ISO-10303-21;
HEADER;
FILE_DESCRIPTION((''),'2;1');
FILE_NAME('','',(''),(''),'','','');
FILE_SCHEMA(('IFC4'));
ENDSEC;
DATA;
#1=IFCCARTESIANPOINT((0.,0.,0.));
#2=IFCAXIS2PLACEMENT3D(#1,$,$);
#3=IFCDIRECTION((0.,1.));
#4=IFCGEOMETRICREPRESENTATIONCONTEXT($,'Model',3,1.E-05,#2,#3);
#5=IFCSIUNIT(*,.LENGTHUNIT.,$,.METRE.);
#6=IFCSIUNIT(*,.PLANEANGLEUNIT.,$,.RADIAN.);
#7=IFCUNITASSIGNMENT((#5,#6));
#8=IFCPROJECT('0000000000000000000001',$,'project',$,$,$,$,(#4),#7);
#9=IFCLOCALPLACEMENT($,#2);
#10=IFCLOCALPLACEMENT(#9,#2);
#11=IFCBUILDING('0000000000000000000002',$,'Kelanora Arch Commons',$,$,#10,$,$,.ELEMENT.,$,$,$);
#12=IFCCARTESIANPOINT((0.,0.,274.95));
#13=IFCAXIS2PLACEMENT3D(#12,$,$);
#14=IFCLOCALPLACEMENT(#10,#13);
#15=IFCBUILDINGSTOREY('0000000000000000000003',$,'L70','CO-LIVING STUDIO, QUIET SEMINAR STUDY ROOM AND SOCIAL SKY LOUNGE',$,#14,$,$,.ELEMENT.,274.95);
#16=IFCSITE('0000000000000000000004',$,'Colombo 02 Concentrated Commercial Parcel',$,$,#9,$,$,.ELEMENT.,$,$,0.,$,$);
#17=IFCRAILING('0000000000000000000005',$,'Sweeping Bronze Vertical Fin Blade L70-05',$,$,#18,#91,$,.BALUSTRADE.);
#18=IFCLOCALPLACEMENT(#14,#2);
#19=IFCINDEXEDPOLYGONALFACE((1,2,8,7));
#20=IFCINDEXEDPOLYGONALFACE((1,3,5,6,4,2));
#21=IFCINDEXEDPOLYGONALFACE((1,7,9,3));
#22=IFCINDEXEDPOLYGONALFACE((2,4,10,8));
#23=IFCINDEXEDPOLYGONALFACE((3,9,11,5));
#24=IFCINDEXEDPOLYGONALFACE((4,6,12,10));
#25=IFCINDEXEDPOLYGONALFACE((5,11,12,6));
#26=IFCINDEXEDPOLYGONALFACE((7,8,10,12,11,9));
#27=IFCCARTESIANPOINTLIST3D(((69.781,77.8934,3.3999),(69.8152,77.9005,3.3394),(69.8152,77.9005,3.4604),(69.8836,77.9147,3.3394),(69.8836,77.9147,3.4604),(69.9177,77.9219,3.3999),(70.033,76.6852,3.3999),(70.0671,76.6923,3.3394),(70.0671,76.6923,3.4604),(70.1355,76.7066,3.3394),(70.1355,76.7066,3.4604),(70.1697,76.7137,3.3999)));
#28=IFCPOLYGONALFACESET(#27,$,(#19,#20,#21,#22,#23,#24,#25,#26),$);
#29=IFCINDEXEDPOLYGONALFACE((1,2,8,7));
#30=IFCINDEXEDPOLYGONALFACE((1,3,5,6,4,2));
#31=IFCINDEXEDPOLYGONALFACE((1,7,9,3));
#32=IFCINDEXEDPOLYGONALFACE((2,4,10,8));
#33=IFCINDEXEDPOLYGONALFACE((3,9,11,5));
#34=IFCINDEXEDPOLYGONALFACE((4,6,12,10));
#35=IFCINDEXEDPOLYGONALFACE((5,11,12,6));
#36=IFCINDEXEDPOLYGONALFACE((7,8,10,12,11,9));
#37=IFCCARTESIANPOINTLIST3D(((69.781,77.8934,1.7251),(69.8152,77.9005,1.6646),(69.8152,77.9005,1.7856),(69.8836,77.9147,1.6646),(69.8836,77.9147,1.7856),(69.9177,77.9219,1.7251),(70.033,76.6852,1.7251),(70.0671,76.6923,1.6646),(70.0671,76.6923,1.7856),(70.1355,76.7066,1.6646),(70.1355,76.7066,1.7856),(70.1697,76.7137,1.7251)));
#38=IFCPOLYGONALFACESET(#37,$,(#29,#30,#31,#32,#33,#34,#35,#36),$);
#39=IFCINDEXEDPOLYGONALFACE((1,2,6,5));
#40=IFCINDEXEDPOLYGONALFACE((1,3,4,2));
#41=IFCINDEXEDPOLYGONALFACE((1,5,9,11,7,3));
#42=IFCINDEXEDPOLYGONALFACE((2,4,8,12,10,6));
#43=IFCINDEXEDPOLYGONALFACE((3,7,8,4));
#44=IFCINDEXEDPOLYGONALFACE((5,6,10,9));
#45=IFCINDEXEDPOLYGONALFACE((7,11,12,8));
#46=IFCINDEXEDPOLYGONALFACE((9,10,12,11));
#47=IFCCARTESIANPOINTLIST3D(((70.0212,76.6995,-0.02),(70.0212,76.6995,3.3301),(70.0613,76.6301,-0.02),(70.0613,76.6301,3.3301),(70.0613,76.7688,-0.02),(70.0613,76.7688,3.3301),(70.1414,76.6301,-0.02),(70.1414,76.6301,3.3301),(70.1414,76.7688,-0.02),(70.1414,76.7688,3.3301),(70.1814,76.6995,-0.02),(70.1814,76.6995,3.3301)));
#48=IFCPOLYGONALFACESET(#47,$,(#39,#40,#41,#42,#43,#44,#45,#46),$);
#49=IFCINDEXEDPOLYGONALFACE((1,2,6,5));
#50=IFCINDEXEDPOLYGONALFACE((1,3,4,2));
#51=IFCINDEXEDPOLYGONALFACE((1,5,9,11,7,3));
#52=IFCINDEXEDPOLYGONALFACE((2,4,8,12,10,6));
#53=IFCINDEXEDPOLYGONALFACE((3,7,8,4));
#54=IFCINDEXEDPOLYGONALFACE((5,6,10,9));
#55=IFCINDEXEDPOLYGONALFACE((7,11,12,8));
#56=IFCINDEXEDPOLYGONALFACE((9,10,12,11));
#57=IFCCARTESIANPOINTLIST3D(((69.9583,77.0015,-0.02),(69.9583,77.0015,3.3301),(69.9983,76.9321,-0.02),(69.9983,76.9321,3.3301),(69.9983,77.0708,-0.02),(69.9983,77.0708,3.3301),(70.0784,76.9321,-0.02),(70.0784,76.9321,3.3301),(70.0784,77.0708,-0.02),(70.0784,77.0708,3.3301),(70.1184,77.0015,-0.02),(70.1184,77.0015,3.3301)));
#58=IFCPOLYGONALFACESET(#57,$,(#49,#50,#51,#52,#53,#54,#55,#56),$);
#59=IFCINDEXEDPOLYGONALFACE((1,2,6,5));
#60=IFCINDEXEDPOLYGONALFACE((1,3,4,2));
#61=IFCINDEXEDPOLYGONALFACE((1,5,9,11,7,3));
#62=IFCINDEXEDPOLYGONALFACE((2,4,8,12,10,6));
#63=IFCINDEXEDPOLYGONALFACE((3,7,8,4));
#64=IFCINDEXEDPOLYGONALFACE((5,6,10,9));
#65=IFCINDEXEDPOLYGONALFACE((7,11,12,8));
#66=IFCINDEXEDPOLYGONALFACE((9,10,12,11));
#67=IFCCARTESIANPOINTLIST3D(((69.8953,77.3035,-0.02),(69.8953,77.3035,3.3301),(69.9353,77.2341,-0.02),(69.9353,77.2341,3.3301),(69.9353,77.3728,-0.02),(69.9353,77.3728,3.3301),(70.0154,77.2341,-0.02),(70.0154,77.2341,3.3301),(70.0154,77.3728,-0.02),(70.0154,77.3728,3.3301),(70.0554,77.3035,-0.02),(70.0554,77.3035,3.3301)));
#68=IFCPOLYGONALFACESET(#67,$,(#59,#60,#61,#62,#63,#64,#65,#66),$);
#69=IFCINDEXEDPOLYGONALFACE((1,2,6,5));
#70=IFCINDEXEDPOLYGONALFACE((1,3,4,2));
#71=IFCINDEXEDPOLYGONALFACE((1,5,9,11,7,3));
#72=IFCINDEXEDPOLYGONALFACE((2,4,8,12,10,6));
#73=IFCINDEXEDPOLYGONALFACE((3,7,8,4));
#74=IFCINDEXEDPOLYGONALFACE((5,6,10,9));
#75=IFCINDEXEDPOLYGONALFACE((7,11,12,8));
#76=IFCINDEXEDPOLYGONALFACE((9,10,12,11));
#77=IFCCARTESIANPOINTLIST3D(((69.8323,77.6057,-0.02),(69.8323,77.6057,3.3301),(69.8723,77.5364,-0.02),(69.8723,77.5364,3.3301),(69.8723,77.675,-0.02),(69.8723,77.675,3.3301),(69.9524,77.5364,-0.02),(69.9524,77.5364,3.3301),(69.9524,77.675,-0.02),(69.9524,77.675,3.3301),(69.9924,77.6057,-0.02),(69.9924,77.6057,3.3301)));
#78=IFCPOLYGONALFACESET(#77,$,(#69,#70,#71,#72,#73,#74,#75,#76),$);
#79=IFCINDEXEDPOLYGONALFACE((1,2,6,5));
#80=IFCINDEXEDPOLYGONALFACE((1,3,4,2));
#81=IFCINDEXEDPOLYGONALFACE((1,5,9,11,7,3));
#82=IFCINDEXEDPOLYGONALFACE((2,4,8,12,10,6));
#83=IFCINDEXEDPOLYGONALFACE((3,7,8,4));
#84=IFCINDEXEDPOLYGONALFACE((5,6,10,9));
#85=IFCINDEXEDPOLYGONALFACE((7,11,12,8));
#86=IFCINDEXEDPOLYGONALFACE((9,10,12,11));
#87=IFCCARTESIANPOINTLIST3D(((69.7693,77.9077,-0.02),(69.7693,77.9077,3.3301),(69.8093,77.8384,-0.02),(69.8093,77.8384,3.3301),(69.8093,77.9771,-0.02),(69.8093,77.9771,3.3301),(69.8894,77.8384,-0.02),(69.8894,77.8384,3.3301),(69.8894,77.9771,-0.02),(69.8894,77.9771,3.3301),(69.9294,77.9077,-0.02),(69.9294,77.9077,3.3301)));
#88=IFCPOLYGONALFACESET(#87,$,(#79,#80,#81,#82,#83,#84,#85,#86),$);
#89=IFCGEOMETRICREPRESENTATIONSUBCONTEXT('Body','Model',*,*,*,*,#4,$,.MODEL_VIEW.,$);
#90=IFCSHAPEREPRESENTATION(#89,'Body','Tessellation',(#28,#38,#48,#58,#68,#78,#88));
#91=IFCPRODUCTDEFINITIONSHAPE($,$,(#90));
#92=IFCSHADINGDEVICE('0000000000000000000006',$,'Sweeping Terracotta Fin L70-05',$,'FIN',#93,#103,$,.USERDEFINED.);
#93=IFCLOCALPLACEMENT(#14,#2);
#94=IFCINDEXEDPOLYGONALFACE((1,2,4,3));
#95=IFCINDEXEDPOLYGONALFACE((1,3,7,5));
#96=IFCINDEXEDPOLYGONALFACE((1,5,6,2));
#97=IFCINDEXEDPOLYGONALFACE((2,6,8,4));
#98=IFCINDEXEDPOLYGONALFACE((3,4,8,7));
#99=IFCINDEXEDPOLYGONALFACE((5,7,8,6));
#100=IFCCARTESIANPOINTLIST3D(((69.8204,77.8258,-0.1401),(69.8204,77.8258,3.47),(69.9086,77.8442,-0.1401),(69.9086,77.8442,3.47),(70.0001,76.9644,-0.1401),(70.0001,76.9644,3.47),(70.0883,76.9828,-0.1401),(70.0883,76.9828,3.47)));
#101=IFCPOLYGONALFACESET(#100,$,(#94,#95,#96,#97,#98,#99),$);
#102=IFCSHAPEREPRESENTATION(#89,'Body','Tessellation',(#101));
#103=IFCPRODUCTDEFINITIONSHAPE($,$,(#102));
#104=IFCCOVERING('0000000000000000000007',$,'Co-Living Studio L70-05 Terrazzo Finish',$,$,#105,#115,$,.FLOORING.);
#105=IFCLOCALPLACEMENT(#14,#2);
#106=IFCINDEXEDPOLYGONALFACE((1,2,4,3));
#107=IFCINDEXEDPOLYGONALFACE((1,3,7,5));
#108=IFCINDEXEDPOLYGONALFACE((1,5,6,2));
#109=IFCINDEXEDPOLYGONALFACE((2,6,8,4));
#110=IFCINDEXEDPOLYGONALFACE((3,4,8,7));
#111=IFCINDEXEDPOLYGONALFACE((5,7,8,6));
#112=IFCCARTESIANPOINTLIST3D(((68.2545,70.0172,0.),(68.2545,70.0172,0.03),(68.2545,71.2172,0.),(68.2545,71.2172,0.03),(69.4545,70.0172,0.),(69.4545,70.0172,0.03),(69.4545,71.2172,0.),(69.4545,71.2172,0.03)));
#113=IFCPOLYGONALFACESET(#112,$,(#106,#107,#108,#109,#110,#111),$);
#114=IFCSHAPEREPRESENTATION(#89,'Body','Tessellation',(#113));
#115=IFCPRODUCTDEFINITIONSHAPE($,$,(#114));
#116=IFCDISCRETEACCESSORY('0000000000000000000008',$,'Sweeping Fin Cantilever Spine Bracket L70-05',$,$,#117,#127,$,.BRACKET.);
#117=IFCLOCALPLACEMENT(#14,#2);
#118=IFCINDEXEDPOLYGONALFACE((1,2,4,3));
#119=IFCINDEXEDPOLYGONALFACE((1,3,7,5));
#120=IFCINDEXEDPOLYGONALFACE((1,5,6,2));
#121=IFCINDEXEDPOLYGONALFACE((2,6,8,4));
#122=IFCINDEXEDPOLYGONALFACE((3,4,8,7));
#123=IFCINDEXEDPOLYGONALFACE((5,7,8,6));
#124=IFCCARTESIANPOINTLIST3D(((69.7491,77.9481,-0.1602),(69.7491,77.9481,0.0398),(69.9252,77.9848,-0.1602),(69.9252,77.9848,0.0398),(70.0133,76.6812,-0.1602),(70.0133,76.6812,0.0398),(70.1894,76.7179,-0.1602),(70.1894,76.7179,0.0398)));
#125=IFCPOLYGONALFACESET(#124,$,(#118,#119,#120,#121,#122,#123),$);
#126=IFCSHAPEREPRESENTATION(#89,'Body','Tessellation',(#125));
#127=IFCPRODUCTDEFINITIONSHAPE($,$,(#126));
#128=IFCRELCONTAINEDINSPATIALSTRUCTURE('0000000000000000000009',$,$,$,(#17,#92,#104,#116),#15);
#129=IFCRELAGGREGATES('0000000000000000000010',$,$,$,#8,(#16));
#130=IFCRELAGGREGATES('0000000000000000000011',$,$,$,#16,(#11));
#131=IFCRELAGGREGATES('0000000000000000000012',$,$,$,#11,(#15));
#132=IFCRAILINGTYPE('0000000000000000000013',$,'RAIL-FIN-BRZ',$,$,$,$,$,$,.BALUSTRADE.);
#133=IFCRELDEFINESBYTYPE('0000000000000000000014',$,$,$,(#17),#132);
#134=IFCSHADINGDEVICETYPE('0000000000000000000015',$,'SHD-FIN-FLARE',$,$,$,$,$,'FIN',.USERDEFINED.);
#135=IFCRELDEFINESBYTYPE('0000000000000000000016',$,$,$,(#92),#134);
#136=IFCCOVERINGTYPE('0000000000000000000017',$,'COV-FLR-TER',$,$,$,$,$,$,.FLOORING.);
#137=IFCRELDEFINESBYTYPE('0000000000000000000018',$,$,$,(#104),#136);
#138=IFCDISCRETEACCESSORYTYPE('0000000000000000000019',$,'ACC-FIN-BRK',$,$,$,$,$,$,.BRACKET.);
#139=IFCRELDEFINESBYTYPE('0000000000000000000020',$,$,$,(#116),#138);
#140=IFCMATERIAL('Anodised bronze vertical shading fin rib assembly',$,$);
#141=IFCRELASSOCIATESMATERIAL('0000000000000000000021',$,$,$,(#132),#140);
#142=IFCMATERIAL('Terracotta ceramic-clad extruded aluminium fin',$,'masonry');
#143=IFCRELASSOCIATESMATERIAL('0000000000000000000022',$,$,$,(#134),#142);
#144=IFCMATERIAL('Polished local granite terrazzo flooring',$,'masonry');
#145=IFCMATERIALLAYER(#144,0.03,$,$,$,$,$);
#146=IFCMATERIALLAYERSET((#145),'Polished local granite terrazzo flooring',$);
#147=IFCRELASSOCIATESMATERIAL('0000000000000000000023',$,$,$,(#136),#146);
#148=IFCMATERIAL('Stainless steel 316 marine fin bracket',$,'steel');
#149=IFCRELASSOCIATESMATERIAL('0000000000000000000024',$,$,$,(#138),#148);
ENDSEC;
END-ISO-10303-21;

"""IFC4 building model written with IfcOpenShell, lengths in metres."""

from ifc_helpers import new_model, si_unit, direction, frame, origin, origin_2d, place, context, subcontext, project, spatial, polyline, rectangle, outline, extrude, source, transform, mapped, material, layer, layer_set, type_object, element, save


model = new_model("IFC4")

# Units and contexts
model_context = context("Model", 3, precision=1e-05, world=origin(), true_north=direction((0.0, 1.0)))
body_context = subcontext(model_context, "Body", "Model", "MODEL_VIEW")
ifc_project = project(units=[si_unit("LENGTHUNIT", "METRE"), si_unit("PLANEANGLEUNIT", "RADIAN")], contexts=[model_context])

# Site, building, storey
site_placement = place(None, origin())
site = spatial("IfcSite", under=ifc_project, at=site_placement, Name="Colombo 02 Concentrated Commercial Parcel", CompositionType="ELEMENT", RefElevation=0.0)
building_placement = place(site_placement, origin())
building = spatial("IfcBuilding", under=site, at=building_placement, Name="Kelanora Arch Commons", CompositionType="ELEMENT")
storey_placement = place(building_placement, frame((0.0, 0.0, 274.95)))
storey = spatial("IfcBuildingStorey", under=building, at=storey_placement, Name="L70", Description="CO-LIVING STUDIO, QUIET SEMINAR STUDY ROOM AND SOCIAL SKY LOUNGE", CompositionType="ELEMENT", Elevation=274.95)

# Railing
ifc_material_1 = material(Name="Anodised bronze vertical shading fin rib assembly")
railing_type = type_object("IfcRailingType", Name="RAIL-FIN-BRZ", PredefinedType="BALUSTRADE", material=ifc_material_1)
railing_placement = place(storey_placement, frame((70.1013, 76.6995, -0.02)))
element("IfcRailing", 1, at=railing_placement, inside=storey, type_object=railing_type, Name="Sweeping Bronze Vertical Fin Blade L70-05", PredefinedType="BALUSTRADE", context=body_context, shape_type="SweptSolid", body=[
    extrude(outline(polyline([(0.0698, 0.0), (0.0349, 0.0605), (-0.0349, 0.0605), (-0.0698, 0.0), (-0.0349, -0.0605), (0.0349, -0.0605), (0.0698, 0.0)])), frame((0.0, 0.0, 3.4199), z_axis=(-0.204136, 0.978943, 0.0), x_axis=(-0.978943, -0.204136, 0.0)), (0.0, 0.0, 1.0), 1.2341),
    extrude(outline(polyline([(0.0698, 0.0), (0.0349, 0.0605), (-0.0349, 0.0605), (-0.0698, 0.0), (-0.0349, -0.0605), (0.0349, -0.0605), (0.0698, 0.0)])), frame((0.0, 0.0, 1.7451), z_axis=(-0.204136, 0.978943, 0.0), x_axis=(-0.978943, -0.204136, 0.0)), (0.0, 0.0, 1.0), 1.2341),
    extrude(outline(polyline([(0.0801, 0.0), (0.04, 0.0693), (-0.04, 0.0693), (-0.0801, 0.0), (-0.04, -0.0693), (0.04, -0.0693), (0.0801, 0.0)])), origin(), (0.0, 0.0, 1.0), 3.3501),
    extrude(outline(polyline([(0.0801, 0.0), (0.04, 0.0693), (-0.04, 0.0693), (-0.0801, 0.0), (-0.04, -0.0693), (0.04, -0.0693), (0.0801, 0.0)])), frame((-0.063, 0.302, 0.0)), (0.0, 0.0, 1.0), 3.3501),
    extrude(outline(polyline([(0.0801, 0.0), (0.04, 0.0693), (-0.04, 0.0693), (-0.0801, 0.0), (-0.04, -0.0693), (0.04, -0.0693), (0.0801, 0.0)])), frame((-0.126, 0.604, 0.0)), (0.0, 0.0, 1.0), 3.3501),
    extrude(outline(polyline([(0.0801, 0.0), (0.04, 0.0693), (-0.04, 0.0693), (-0.0801, 0.0), (-0.04, -0.0693), (0.04, -0.0693), (0.0801, 0.0)])), frame((-0.189, 0.9062, 0.0)), (0.0, 0.0, 1.0), 3.3501),
    extrude(outline(polyline([(0.0801, 0.0), (0.04, 0.0693), (-0.04, 0.0693), (-0.0801, 0.0), (-0.04, -0.0693), (0.04, -0.0693), (0.0801, 0.0)])), frame((-0.252, 1.2083, 0.0)), (0.0, 0.0, 1.0), 3.3501),
])

# Shading device
ifc_material_2 = material(Name="Terracotta ceramic-clad extruded aluminium fin", Category="masonry")
shading_device_type = type_object("IfcShadingDeviceType", Name="SHD-FIN-FLARE", ElementType="FIN", PredefinedType="USERDEFINED", material=ifc_material_2)
shared_shape_1 = source(origin(), body_context, "Body", "SweptSolid", [
    extrude(rectangle(XDim=0.8799, YDim=0.0901, at=origin_2d()), origin(), (0.0, 0.0, 1.0), 3.6101),
])
shading_device_placement = place(storey_placement, frame((69.9543, 77.4043, -0.1401), z_axis=(0.0, 0.0, 1.0), x_axis=(-0.204154, 0.978939, 0.0)))
element("IfcShadingDevice", 2, at=shading_device_placement, inside=storey, type_object=shading_device_type, Name="Sweeping Terracotta Fin L70-05", ObjectType="FIN", PredefinedType="USERDEFINED", context=body_context, shape_type="MappedRepresentation", body=[
    mapped(shared_shape_1, transform((0.0, 0.0, 0.0), scale=1.0)),
])

# Covering
ifc_material_3 = material(Name="Polished local granite terrazzo flooring", Category="masonry")
ifc_layer_1 = layer(ifc_material_3, 0.03)
ifc_layer_set_1 = layer_set([ifc_layer_1], Name="Polished local granite terrazzo flooring")
covering_type = type_object("IfcCoveringType", Name="COV-FLR-TER", PredefinedType="FLOORING", material=ifc_layer_set_1)
shared_shape_2 = source(origin(), body_context, "Body", "SweptSolid", [
    extrude(rectangle(XDim=1.2, YDim=1.2, at=origin_2d()), origin(), (0.0, 0.0, 1.0), 0.03),
])
covering_placement = place(storey_placement, frame((68.8545, 70.6172, 0.0), z_axis=(0.0, 0.0, 1.0), x_axis=(1.0, 0.0, 0.0)))
element("IfcCovering", 3, at=covering_placement, inside=storey, type_object=covering_type, Name="Co-Living Studio L70-05 Terrazzo Finish", PredefinedType="FLOORING", context=body_context, shape_type="MappedRepresentation", body=[
    mapped(shared_shape_2, transform((0.0, 0.0, 0.0), scale=1.0)),
])

# Discrete accessory
ifc_material_4 = material(Name="Stainless steel 316 marine fin bracket", Category="steel")
discrete_accessory_type = type_object("IfcDiscreteAccessoryType", Name="ACC-FIN-BRK", PredefinedType="BRACKET", material=ifc_material_4)
shared_shape_3 = source(origin(), body_context, "Body", "SweptSolid", [
    extrude(rectangle(XDim=1.2942, YDim=0.1799, at=origin_2d()), origin(), (0.0, 0.0, 1.0), 0.2),
])
discrete_accessory_placement = place(storey_placement, frame((69.9692, 77.333, -0.1602), z_axis=(0.0, 0.0, 1.0), x_axis=(-0.204154, 0.978939, 0.0)))
element("IfcDiscreteAccessory", 4, at=discrete_accessory_placement, inside=storey, type_object=discrete_accessory_type, Name="Sweeping Fin Cantilever Spine Bracket L70-05", PredefinedType="BRACKET", context=body_context, shape_type="MappedRepresentation", body=[
    mapped(shared_shape_3, transform((0.0, 0.0, 0.0), scale=1.0)),
])

save(model, "model.ifc")
